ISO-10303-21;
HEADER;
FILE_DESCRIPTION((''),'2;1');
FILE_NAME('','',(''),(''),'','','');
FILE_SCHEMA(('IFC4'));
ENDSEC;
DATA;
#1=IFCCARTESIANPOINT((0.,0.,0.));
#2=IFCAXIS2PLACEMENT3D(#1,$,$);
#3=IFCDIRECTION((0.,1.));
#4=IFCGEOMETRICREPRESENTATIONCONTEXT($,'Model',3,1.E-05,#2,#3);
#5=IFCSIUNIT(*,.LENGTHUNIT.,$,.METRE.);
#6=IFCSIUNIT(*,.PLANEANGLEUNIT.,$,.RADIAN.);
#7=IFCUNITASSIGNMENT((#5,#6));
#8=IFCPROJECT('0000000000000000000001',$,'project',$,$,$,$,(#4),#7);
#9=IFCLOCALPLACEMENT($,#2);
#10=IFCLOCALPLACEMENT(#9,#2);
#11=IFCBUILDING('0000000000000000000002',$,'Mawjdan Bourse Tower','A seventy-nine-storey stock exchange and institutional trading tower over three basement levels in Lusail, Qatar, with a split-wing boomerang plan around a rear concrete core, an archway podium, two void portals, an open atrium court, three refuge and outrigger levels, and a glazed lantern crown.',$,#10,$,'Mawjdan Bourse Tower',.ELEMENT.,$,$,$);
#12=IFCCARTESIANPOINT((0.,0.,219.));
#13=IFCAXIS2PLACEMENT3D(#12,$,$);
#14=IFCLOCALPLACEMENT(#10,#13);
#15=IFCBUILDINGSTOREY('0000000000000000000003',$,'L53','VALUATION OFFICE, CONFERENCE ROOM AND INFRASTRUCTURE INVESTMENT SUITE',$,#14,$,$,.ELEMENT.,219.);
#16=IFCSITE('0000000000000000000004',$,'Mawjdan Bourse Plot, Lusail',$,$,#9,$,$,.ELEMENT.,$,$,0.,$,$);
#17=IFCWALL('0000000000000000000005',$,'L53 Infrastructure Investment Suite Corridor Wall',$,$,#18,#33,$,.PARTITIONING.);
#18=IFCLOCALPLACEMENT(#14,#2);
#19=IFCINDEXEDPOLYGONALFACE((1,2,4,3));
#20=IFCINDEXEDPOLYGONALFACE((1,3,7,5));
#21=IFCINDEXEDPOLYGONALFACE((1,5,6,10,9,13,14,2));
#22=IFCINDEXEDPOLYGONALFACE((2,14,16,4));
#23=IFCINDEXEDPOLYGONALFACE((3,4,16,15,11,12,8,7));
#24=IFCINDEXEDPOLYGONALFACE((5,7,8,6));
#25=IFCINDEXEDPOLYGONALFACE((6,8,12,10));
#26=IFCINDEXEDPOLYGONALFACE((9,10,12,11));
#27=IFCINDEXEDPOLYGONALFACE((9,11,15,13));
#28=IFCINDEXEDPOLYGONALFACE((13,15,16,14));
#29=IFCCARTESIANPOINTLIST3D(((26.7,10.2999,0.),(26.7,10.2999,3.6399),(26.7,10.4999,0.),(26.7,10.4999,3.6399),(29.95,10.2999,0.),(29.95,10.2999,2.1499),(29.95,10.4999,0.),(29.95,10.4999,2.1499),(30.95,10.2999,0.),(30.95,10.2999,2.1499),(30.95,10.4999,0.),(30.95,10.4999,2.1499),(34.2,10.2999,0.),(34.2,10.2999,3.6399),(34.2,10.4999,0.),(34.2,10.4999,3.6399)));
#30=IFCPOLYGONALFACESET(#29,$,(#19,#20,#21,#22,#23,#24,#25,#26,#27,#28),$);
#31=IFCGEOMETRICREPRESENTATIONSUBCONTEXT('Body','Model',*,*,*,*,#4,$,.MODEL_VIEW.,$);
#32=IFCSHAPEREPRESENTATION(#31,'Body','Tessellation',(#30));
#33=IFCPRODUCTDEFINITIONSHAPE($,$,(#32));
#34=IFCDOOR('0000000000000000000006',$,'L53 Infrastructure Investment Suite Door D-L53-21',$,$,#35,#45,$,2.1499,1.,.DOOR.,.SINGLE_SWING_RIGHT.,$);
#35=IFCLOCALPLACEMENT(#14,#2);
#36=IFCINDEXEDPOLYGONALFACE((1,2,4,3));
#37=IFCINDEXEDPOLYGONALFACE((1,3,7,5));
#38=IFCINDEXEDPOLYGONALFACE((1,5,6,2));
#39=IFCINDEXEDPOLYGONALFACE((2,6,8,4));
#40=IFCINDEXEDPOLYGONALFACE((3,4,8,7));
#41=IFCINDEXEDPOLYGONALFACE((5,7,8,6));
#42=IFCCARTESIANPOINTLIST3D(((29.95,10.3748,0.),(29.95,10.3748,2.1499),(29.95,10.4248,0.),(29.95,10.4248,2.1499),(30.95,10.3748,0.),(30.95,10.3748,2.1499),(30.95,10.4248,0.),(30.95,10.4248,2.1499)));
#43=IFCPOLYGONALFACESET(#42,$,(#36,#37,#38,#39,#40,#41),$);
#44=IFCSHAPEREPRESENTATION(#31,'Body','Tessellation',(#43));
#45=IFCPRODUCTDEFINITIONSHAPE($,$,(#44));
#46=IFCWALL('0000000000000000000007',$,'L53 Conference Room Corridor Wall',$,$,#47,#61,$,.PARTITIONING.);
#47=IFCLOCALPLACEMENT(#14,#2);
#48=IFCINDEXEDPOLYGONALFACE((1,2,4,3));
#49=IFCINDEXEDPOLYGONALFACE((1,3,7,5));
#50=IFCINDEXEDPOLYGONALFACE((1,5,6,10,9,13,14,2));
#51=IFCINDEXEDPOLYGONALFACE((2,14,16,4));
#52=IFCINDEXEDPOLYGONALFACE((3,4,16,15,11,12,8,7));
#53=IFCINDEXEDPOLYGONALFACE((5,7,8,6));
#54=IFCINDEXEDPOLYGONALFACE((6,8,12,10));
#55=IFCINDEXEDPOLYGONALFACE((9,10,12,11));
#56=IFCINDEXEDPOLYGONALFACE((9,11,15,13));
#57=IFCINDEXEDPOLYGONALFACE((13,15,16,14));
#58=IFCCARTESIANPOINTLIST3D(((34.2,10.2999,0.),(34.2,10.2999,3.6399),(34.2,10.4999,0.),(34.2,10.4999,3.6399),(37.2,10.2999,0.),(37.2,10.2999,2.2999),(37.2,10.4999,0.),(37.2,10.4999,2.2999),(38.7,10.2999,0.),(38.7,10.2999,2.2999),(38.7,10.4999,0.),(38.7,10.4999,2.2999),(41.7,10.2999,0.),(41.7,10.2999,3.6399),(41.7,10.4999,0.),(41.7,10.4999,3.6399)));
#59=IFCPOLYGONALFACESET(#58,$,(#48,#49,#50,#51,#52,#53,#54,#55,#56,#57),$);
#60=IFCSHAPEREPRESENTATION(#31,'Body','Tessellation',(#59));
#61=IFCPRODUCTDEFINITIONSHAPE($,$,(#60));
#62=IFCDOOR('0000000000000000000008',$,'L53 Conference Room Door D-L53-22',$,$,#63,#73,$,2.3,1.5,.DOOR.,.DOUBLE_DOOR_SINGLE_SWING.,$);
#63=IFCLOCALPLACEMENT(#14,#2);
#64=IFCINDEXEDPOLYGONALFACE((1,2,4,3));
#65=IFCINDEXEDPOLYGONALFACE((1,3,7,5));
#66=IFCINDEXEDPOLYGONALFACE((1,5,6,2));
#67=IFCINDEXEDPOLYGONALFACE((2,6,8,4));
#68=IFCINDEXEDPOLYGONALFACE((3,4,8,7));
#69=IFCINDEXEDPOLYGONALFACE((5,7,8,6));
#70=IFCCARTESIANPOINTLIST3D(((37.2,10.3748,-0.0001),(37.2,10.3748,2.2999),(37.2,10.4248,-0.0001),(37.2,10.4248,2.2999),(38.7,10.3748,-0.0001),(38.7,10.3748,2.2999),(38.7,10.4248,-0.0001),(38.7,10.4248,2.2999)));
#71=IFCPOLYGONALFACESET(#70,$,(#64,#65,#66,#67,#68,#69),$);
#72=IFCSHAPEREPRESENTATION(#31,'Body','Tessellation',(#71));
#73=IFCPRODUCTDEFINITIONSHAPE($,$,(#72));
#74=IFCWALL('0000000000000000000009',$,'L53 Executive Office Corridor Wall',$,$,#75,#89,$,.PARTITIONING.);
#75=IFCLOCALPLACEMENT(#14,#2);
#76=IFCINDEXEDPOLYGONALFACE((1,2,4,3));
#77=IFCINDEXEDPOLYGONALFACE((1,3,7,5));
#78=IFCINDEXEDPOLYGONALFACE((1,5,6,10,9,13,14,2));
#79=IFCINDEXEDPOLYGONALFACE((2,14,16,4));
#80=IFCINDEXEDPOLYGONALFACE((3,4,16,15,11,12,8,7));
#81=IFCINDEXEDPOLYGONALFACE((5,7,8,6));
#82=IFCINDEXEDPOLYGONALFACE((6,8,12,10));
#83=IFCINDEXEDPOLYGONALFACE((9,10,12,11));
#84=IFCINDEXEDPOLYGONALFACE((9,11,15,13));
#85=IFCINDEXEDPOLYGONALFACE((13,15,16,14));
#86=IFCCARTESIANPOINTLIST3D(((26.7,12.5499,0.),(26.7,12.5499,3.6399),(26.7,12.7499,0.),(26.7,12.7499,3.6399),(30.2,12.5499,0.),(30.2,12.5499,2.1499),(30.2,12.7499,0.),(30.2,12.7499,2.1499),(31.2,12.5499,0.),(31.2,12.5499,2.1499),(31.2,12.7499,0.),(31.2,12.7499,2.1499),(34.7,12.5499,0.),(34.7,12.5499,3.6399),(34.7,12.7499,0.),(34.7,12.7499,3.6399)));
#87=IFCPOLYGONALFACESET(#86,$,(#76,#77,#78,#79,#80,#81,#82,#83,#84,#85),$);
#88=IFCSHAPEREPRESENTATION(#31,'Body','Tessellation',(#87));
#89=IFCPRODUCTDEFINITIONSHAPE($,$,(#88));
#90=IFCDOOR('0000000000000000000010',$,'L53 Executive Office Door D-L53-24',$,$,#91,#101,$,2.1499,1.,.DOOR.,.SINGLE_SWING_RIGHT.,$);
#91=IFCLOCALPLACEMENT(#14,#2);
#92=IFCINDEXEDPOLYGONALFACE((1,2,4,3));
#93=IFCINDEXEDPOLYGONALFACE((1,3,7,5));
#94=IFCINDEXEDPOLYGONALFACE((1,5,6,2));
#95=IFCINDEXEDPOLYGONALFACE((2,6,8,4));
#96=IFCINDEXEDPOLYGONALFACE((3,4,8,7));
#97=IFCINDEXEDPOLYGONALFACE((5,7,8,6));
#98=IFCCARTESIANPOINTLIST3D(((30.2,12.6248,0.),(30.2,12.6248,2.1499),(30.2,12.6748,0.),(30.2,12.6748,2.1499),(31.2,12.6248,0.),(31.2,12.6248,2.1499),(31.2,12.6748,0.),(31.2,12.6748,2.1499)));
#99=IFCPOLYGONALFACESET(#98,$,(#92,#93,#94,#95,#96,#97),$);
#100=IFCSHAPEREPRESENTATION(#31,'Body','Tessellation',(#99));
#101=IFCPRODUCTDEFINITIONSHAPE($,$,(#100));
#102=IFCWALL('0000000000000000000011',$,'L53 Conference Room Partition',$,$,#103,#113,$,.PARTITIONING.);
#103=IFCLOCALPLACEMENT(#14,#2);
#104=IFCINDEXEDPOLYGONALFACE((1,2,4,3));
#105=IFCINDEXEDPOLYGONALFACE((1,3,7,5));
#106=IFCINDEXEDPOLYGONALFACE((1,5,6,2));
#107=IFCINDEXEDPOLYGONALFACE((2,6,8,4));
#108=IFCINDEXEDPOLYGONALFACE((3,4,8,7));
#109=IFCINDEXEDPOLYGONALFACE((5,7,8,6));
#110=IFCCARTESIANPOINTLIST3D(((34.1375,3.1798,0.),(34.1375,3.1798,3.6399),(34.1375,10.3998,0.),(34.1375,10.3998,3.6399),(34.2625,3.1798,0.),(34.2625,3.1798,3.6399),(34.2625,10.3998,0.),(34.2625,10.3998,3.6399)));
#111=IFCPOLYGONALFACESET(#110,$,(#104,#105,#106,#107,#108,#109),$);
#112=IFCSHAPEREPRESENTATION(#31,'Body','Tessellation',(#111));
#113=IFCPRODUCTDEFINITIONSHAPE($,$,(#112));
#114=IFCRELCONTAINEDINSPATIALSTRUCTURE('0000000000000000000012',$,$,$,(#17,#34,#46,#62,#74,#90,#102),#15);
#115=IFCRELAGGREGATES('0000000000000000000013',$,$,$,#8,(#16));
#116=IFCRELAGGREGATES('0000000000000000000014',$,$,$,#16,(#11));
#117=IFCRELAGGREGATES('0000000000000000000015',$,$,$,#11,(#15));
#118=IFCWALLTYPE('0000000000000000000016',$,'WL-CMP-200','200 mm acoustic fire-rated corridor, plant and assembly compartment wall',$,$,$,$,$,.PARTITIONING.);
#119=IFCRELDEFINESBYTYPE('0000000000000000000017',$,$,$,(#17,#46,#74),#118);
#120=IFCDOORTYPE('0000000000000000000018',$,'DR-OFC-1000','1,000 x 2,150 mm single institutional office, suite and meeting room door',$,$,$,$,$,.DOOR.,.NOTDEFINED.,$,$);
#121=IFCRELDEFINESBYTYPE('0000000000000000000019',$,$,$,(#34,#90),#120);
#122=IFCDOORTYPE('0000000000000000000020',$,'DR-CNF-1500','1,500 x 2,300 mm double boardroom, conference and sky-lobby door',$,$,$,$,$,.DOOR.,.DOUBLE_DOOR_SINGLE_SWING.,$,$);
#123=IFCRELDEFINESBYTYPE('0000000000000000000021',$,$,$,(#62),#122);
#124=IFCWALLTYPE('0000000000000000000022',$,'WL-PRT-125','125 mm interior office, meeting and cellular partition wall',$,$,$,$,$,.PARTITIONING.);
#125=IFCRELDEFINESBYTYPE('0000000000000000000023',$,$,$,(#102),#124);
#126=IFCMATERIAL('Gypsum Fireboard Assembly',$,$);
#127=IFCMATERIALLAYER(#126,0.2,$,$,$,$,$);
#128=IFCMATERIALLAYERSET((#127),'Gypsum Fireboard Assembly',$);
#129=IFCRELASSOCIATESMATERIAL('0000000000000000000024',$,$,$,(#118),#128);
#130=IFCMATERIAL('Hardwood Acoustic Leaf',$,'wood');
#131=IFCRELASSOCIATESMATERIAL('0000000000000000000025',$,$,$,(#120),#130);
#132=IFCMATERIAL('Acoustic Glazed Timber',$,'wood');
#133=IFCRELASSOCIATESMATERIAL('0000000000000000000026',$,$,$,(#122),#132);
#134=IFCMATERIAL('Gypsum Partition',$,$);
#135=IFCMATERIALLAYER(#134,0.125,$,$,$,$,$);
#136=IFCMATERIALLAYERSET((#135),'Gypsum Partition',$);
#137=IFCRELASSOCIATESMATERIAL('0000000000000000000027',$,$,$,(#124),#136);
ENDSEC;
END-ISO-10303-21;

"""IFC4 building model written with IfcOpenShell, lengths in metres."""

from ifc_helpers import new_model, si_unit, direction, frame, frame_2d, origin, place, context, subcontext, project, spatial, rectangle, extrude, material, layer, layer_set, type_object, element, fill, save


model = new_model("IFC4")

# Units and contexts
model_context = context("Model", 3, precision=1e-05, world=origin(), true_north=direction((0.0, 1.0)))
body_context = subcontext(model_context, "Body", "Model", "MODEL_VIEW")
ifc_project = project(units=[si_unit("LENGTHUNIT", "METRE"), si_unit("PLANEANGLEUNIT", "RADIAN")], contexts=[model_context])

# Site, building, storey
site_placement = place(None, origin())
site = spatial("IfcSite", under=ifc_project, at=site_placement, Name="Mawjdan Bourse Plot, Lusail", CompositionType="ELEMENT", RefElevation=0.0)
building_placement = place(site_placement, origin())
building = spatial("IfcBuilding", under=site, at=building_placement, Name="Mawjdan Bourse Tower", Description="A seventy-nine-storey stock exchange and institutional trading tower over three basement levels in Lusail, Qatar, with a split-wing boomerang plan around a rear concrete core, an archway podium, two void portals, an open atrium court, three refuge and outrigger levels, and a glazed lantern crown.", LongName="Mawjdan Bourse Tower", CompositionType="ELEMENT")
storey_placement = place(building_placement, frame((0.0, 0.0, 219.0)))
storey = spatial("IfcBuildingStorey", under=building, at=storey_placement, Name="L53", Description="VALUATION OFFICE, CONFERENCE ROOM AND INFRASTRUCTURE INVESTMENT SUITE", CompositionType="ELEMENT", Elevation=219.0)

# Shared definitions
ifc_material_1 = material(Name="Gypsum Fireboard Assembly")
ifc_layer_1 = layer(ifc_material_1, 0.2)
ifc_layer_set_1 = layer_set([ifc_layer_1], Name="Gypsum Fireboard Assembly")
wall_type_1 = type_object("IfcWallType", Name="WL-CMP-200", Description="200 mm acoustic fire-rated corridor, plant and assembly compartment wall", PredefinedType="PARTITIONING", material=ifc_layer_set_1)

# Walls, openings, doors
wall_1_placement = place(storey_placement, frame((26.7, 10.3999, 0.0), z_axis=(0.0, 0.0, 1.0), x_axis=(1.0, 0.0, 0.0)))
wall_1 = element("IfcWall", 1, at=wall_1_placement, inside=storey, type_object=wall_type_1, Name="L53 Infrastructure Investment Suite Corridor Wall", PredefinedType="PARTITIONING", context=body_context, shape_type="SweptSolid", body=[
    extrude(rectangle(XDim=7.5, YDim=0.2, at=frame_2d((3.75, 0.0))), origin(), (0.0, 0.0, 1.0), 3.6399),
])
opening_1_placement = place(wall_1_placement, frame((3.25, 0.0, 0.0)))
opening_1 = element("IfcOpeningElement", 2, at=opening_1_placement, cuts=wall_1, PredefinedType="OPENING", context=body_context, shape_type="SweptSolid", body=[
    extrude(rectangle(XDim=1.0, YDim=2.1499, at=frame_2d((0.5, 1.075))), frame((0.0, 0.1099, 0.0), z_axis=(0.0, -1.0, 0.0), x_axis=(1.0, 0.0, 0.0)), (0.0, 0.0, 1.0), 0.22),
])
ifc_material_2 = material(Name="Hardwood Acoustic Leaf", Category="wood")
door_type_1 = type_object("IfcDoorType", Name="DR-OFC-1000", Description="1,000 x 2,150 mm single institutional office, suite and meeting room door", OperationType="NOTDEFINED", PredefinedType="DOOR", material=ifc_material_2)
door_1_placement = place(opening_1_placement, origin())
door_1 = element("IfcDoor", 3, at=door_1_placement, inside=storey, type_object=door_type_1, Name="L53 Infrastructure Investment Suite Door D-L53-21", OperationType="SINGLE_SWING_RIGHT", OverallHeight=2.1499, OverallWidth=1.0, PredefinedType="DOOR", context=body_context, shape_type="SweptSolid", body=[
    extrude(rectangle(XDim=1.0, YDim=2.1499, at=frame_2d((0.5, 1.075))), frame((0.0, 0.0249, 0.0), z_axis=(0.0, -1.0, 0.0), x_axis=(1.0, 0.0, 0.0)), (0.0, 0.0, 1.0), 0.05),
])
fill(opening_1, door_1)
wall_2_placement = place(storey_placement, frame((34.2, 10.3999, 0.0), z_axis=(0.0, 0.0, 1.0), x_axis=(1.0, 0.0, 0.0)))
wall_2 = element("IfcWall", 4, at=wall_2_placement, inside=storey, type_object=wall_type_1, Name="L53 Conference Room Corridor Wall", PredefinedType="PARTITIONING", context=body_context, shape_type="SweptSolid", body=[
    extrude(rectangle(XDim=7.5, YDim=0.2, at=frame_2d((3.75, 0.0))), origin(), (0.0, 0.0, 1.0), 3.6399),
])
opening_2_placement = place(wall_2_placement, frame((3.0, 0.0, 0.0)))
opening_2 = element("IfcOpeningElement", 5, at=opening_2_placement, cuts=wall_2, PredefinedType="OPENING", context=body_context, shape_type="SweptSolid", body=[
    extrude(rectangle(XDim=1.5, YDim=2.3, at=frame_2d((0.75, 1.1499))), frame((0.0, 0.1099, 0.0), z_axis=(0.0, -1.0, 0.0), x_axis=(1.0, 0.0, 0.0)), (0.0, 0.0, 1.0), 0.22),
])
ifc_material_3 = material(Name="Acoustic Glazed Timber", Category="wood")
door_type_2 = type_object("IfcDoorType", Name="DR-CNF-1500", Description="1,500 x 2,300 mm double boardroom, conference and sky-lobby door", OperationType="DOUBLE_DOOR_SINGLE_SWING", PredefinedType="DOOR", material=ifc_material_3)
door_2_placement = place(opening_2_placement, origin())
door_2 = element("IfcDoor", 6, at=door_2_placement, inside=storey, type_object=door_type_2, Name="L53 Conference Room Door D-L53-22", OperationType="DOUBLE_DOOR_SINGLE_SWING", OverallHeight=2.3, OverallWidth=1.5, PredefinedType="DOOR", context=body_context, shape_type="SweptSolid", body=[
    extrude(rectangle(XDim=1.5, YDim=2.3, at=frame_2d((0.75, 1.1499))), frame((0.0, 0.0249, 0.0), z_axis=(0.0, -1.0, 0.0), x_axis=(1.0, 0.0, 0.0)), (0.0, 0.0, 1.0), 0.05),
])
fill(opening_2, door_2)
wall_3_placement = place(storey_placement, frame((26.7, 12.6499, 0.0), z_axis=(0.0, 0.0, 1.0), x_axis=(1.0, 0.0, 0.0)))
wall_3 = element("IfcWall", 7, at=wall_3_placement, inside=storey, type_object=wall_type_1, Name="L53 Executive Office Corridor Wall", PredefinedType="PARTITIONING", context=body_context, shape_type="SweptSolid", body=[
    extrude(rectangle(XDim=8.0, YDim=0.2, at=frame_2d((4.0, 0.0))), origin(), (0.0, 0.0, 1.0), 3.6399),
])
opening_3_placement = place(wall_3_placement, frame((3.5, 0.0, 0.0)))
opening_3 = element("IfcOpeningElement", 8, at=opening_3_placement, cuts=wall_3, PredefinedType="OPENING", context=body_context, shape_type="SweptSolid", body=[
    extrude(rectangle(XDim=1.0, YDim=2.1499, at=frame_2d((0.5, 1.075))), frame((0.0, 0.1099, 0.0), z_axis=(0.0, -1.0, 0.0), x_axis=(1.0, 0.0, 0.0)), (0.0, 0.0, 1.0), 0.22),
])
door_3_placement = place(opening_3_placement, origin())
door_3 = element("IfcDoor", 9, at=door_3_placement, inside=storey, type_object=door_type_1, Name="L53 Executive Office Door D-L53-24", OperationType="SINGLE_SWING_RIGHT", OverallHeight=2.1499, OverallWidth=1.0, PredefinedType="DOOR", context=body_context, shape_type="SweptSolid", body=[
    extrude(rectangle(XDim=1.0, YDim=2.1499, at=frame_2d((0.5, 1.075))), frame((0.0, 0.0249, 0.0), z_axis=(0.0, -1.0, 0.0), x_axis=(1.0, 0.0, 0.0)), (0.0, 0.0, 1.0), 0.05),
])
fill(opening_3, door_3)

# Wall
ifc_material_4 = material(Name="Gypsum Partition")
ifc_layer_2 = layer(ifc_material_4, 0.125)
ifc_layer_set_2 = layer_set([ifc_layer_2], Name="Gypsum Partition")
wall_type_2 = type_object("IfcWallType", Name="WL-PRT-125", Description="125 mm interior office, meeting and cellular partition wall", PredefinedType="PARTITIONING", material=ifc_layer_set_2)
wall_4_placement = place(storey_placement, frame((34.2, 3.1799, 0.0), z_axis=(0.0, 0.0, 1.0), x_axis=(0.0, 1.0, 0.0)))
element("IfcWall", 10, at=wall_4_placement, inside=storey, type_object=wall_type_2, Name="L53 Conference Room Partition", PredefinedType="PARTITIONING", context=body_context, shape_type="SweptSolid", body=[
    extrude(rectangle(XDim=7.22, YDim=0.125, at=frame_2d((3.6099, 0.0))), origin(), (0.0, 0.0, 1.0), 3.6399),
])

save(model, "model.ifc")
